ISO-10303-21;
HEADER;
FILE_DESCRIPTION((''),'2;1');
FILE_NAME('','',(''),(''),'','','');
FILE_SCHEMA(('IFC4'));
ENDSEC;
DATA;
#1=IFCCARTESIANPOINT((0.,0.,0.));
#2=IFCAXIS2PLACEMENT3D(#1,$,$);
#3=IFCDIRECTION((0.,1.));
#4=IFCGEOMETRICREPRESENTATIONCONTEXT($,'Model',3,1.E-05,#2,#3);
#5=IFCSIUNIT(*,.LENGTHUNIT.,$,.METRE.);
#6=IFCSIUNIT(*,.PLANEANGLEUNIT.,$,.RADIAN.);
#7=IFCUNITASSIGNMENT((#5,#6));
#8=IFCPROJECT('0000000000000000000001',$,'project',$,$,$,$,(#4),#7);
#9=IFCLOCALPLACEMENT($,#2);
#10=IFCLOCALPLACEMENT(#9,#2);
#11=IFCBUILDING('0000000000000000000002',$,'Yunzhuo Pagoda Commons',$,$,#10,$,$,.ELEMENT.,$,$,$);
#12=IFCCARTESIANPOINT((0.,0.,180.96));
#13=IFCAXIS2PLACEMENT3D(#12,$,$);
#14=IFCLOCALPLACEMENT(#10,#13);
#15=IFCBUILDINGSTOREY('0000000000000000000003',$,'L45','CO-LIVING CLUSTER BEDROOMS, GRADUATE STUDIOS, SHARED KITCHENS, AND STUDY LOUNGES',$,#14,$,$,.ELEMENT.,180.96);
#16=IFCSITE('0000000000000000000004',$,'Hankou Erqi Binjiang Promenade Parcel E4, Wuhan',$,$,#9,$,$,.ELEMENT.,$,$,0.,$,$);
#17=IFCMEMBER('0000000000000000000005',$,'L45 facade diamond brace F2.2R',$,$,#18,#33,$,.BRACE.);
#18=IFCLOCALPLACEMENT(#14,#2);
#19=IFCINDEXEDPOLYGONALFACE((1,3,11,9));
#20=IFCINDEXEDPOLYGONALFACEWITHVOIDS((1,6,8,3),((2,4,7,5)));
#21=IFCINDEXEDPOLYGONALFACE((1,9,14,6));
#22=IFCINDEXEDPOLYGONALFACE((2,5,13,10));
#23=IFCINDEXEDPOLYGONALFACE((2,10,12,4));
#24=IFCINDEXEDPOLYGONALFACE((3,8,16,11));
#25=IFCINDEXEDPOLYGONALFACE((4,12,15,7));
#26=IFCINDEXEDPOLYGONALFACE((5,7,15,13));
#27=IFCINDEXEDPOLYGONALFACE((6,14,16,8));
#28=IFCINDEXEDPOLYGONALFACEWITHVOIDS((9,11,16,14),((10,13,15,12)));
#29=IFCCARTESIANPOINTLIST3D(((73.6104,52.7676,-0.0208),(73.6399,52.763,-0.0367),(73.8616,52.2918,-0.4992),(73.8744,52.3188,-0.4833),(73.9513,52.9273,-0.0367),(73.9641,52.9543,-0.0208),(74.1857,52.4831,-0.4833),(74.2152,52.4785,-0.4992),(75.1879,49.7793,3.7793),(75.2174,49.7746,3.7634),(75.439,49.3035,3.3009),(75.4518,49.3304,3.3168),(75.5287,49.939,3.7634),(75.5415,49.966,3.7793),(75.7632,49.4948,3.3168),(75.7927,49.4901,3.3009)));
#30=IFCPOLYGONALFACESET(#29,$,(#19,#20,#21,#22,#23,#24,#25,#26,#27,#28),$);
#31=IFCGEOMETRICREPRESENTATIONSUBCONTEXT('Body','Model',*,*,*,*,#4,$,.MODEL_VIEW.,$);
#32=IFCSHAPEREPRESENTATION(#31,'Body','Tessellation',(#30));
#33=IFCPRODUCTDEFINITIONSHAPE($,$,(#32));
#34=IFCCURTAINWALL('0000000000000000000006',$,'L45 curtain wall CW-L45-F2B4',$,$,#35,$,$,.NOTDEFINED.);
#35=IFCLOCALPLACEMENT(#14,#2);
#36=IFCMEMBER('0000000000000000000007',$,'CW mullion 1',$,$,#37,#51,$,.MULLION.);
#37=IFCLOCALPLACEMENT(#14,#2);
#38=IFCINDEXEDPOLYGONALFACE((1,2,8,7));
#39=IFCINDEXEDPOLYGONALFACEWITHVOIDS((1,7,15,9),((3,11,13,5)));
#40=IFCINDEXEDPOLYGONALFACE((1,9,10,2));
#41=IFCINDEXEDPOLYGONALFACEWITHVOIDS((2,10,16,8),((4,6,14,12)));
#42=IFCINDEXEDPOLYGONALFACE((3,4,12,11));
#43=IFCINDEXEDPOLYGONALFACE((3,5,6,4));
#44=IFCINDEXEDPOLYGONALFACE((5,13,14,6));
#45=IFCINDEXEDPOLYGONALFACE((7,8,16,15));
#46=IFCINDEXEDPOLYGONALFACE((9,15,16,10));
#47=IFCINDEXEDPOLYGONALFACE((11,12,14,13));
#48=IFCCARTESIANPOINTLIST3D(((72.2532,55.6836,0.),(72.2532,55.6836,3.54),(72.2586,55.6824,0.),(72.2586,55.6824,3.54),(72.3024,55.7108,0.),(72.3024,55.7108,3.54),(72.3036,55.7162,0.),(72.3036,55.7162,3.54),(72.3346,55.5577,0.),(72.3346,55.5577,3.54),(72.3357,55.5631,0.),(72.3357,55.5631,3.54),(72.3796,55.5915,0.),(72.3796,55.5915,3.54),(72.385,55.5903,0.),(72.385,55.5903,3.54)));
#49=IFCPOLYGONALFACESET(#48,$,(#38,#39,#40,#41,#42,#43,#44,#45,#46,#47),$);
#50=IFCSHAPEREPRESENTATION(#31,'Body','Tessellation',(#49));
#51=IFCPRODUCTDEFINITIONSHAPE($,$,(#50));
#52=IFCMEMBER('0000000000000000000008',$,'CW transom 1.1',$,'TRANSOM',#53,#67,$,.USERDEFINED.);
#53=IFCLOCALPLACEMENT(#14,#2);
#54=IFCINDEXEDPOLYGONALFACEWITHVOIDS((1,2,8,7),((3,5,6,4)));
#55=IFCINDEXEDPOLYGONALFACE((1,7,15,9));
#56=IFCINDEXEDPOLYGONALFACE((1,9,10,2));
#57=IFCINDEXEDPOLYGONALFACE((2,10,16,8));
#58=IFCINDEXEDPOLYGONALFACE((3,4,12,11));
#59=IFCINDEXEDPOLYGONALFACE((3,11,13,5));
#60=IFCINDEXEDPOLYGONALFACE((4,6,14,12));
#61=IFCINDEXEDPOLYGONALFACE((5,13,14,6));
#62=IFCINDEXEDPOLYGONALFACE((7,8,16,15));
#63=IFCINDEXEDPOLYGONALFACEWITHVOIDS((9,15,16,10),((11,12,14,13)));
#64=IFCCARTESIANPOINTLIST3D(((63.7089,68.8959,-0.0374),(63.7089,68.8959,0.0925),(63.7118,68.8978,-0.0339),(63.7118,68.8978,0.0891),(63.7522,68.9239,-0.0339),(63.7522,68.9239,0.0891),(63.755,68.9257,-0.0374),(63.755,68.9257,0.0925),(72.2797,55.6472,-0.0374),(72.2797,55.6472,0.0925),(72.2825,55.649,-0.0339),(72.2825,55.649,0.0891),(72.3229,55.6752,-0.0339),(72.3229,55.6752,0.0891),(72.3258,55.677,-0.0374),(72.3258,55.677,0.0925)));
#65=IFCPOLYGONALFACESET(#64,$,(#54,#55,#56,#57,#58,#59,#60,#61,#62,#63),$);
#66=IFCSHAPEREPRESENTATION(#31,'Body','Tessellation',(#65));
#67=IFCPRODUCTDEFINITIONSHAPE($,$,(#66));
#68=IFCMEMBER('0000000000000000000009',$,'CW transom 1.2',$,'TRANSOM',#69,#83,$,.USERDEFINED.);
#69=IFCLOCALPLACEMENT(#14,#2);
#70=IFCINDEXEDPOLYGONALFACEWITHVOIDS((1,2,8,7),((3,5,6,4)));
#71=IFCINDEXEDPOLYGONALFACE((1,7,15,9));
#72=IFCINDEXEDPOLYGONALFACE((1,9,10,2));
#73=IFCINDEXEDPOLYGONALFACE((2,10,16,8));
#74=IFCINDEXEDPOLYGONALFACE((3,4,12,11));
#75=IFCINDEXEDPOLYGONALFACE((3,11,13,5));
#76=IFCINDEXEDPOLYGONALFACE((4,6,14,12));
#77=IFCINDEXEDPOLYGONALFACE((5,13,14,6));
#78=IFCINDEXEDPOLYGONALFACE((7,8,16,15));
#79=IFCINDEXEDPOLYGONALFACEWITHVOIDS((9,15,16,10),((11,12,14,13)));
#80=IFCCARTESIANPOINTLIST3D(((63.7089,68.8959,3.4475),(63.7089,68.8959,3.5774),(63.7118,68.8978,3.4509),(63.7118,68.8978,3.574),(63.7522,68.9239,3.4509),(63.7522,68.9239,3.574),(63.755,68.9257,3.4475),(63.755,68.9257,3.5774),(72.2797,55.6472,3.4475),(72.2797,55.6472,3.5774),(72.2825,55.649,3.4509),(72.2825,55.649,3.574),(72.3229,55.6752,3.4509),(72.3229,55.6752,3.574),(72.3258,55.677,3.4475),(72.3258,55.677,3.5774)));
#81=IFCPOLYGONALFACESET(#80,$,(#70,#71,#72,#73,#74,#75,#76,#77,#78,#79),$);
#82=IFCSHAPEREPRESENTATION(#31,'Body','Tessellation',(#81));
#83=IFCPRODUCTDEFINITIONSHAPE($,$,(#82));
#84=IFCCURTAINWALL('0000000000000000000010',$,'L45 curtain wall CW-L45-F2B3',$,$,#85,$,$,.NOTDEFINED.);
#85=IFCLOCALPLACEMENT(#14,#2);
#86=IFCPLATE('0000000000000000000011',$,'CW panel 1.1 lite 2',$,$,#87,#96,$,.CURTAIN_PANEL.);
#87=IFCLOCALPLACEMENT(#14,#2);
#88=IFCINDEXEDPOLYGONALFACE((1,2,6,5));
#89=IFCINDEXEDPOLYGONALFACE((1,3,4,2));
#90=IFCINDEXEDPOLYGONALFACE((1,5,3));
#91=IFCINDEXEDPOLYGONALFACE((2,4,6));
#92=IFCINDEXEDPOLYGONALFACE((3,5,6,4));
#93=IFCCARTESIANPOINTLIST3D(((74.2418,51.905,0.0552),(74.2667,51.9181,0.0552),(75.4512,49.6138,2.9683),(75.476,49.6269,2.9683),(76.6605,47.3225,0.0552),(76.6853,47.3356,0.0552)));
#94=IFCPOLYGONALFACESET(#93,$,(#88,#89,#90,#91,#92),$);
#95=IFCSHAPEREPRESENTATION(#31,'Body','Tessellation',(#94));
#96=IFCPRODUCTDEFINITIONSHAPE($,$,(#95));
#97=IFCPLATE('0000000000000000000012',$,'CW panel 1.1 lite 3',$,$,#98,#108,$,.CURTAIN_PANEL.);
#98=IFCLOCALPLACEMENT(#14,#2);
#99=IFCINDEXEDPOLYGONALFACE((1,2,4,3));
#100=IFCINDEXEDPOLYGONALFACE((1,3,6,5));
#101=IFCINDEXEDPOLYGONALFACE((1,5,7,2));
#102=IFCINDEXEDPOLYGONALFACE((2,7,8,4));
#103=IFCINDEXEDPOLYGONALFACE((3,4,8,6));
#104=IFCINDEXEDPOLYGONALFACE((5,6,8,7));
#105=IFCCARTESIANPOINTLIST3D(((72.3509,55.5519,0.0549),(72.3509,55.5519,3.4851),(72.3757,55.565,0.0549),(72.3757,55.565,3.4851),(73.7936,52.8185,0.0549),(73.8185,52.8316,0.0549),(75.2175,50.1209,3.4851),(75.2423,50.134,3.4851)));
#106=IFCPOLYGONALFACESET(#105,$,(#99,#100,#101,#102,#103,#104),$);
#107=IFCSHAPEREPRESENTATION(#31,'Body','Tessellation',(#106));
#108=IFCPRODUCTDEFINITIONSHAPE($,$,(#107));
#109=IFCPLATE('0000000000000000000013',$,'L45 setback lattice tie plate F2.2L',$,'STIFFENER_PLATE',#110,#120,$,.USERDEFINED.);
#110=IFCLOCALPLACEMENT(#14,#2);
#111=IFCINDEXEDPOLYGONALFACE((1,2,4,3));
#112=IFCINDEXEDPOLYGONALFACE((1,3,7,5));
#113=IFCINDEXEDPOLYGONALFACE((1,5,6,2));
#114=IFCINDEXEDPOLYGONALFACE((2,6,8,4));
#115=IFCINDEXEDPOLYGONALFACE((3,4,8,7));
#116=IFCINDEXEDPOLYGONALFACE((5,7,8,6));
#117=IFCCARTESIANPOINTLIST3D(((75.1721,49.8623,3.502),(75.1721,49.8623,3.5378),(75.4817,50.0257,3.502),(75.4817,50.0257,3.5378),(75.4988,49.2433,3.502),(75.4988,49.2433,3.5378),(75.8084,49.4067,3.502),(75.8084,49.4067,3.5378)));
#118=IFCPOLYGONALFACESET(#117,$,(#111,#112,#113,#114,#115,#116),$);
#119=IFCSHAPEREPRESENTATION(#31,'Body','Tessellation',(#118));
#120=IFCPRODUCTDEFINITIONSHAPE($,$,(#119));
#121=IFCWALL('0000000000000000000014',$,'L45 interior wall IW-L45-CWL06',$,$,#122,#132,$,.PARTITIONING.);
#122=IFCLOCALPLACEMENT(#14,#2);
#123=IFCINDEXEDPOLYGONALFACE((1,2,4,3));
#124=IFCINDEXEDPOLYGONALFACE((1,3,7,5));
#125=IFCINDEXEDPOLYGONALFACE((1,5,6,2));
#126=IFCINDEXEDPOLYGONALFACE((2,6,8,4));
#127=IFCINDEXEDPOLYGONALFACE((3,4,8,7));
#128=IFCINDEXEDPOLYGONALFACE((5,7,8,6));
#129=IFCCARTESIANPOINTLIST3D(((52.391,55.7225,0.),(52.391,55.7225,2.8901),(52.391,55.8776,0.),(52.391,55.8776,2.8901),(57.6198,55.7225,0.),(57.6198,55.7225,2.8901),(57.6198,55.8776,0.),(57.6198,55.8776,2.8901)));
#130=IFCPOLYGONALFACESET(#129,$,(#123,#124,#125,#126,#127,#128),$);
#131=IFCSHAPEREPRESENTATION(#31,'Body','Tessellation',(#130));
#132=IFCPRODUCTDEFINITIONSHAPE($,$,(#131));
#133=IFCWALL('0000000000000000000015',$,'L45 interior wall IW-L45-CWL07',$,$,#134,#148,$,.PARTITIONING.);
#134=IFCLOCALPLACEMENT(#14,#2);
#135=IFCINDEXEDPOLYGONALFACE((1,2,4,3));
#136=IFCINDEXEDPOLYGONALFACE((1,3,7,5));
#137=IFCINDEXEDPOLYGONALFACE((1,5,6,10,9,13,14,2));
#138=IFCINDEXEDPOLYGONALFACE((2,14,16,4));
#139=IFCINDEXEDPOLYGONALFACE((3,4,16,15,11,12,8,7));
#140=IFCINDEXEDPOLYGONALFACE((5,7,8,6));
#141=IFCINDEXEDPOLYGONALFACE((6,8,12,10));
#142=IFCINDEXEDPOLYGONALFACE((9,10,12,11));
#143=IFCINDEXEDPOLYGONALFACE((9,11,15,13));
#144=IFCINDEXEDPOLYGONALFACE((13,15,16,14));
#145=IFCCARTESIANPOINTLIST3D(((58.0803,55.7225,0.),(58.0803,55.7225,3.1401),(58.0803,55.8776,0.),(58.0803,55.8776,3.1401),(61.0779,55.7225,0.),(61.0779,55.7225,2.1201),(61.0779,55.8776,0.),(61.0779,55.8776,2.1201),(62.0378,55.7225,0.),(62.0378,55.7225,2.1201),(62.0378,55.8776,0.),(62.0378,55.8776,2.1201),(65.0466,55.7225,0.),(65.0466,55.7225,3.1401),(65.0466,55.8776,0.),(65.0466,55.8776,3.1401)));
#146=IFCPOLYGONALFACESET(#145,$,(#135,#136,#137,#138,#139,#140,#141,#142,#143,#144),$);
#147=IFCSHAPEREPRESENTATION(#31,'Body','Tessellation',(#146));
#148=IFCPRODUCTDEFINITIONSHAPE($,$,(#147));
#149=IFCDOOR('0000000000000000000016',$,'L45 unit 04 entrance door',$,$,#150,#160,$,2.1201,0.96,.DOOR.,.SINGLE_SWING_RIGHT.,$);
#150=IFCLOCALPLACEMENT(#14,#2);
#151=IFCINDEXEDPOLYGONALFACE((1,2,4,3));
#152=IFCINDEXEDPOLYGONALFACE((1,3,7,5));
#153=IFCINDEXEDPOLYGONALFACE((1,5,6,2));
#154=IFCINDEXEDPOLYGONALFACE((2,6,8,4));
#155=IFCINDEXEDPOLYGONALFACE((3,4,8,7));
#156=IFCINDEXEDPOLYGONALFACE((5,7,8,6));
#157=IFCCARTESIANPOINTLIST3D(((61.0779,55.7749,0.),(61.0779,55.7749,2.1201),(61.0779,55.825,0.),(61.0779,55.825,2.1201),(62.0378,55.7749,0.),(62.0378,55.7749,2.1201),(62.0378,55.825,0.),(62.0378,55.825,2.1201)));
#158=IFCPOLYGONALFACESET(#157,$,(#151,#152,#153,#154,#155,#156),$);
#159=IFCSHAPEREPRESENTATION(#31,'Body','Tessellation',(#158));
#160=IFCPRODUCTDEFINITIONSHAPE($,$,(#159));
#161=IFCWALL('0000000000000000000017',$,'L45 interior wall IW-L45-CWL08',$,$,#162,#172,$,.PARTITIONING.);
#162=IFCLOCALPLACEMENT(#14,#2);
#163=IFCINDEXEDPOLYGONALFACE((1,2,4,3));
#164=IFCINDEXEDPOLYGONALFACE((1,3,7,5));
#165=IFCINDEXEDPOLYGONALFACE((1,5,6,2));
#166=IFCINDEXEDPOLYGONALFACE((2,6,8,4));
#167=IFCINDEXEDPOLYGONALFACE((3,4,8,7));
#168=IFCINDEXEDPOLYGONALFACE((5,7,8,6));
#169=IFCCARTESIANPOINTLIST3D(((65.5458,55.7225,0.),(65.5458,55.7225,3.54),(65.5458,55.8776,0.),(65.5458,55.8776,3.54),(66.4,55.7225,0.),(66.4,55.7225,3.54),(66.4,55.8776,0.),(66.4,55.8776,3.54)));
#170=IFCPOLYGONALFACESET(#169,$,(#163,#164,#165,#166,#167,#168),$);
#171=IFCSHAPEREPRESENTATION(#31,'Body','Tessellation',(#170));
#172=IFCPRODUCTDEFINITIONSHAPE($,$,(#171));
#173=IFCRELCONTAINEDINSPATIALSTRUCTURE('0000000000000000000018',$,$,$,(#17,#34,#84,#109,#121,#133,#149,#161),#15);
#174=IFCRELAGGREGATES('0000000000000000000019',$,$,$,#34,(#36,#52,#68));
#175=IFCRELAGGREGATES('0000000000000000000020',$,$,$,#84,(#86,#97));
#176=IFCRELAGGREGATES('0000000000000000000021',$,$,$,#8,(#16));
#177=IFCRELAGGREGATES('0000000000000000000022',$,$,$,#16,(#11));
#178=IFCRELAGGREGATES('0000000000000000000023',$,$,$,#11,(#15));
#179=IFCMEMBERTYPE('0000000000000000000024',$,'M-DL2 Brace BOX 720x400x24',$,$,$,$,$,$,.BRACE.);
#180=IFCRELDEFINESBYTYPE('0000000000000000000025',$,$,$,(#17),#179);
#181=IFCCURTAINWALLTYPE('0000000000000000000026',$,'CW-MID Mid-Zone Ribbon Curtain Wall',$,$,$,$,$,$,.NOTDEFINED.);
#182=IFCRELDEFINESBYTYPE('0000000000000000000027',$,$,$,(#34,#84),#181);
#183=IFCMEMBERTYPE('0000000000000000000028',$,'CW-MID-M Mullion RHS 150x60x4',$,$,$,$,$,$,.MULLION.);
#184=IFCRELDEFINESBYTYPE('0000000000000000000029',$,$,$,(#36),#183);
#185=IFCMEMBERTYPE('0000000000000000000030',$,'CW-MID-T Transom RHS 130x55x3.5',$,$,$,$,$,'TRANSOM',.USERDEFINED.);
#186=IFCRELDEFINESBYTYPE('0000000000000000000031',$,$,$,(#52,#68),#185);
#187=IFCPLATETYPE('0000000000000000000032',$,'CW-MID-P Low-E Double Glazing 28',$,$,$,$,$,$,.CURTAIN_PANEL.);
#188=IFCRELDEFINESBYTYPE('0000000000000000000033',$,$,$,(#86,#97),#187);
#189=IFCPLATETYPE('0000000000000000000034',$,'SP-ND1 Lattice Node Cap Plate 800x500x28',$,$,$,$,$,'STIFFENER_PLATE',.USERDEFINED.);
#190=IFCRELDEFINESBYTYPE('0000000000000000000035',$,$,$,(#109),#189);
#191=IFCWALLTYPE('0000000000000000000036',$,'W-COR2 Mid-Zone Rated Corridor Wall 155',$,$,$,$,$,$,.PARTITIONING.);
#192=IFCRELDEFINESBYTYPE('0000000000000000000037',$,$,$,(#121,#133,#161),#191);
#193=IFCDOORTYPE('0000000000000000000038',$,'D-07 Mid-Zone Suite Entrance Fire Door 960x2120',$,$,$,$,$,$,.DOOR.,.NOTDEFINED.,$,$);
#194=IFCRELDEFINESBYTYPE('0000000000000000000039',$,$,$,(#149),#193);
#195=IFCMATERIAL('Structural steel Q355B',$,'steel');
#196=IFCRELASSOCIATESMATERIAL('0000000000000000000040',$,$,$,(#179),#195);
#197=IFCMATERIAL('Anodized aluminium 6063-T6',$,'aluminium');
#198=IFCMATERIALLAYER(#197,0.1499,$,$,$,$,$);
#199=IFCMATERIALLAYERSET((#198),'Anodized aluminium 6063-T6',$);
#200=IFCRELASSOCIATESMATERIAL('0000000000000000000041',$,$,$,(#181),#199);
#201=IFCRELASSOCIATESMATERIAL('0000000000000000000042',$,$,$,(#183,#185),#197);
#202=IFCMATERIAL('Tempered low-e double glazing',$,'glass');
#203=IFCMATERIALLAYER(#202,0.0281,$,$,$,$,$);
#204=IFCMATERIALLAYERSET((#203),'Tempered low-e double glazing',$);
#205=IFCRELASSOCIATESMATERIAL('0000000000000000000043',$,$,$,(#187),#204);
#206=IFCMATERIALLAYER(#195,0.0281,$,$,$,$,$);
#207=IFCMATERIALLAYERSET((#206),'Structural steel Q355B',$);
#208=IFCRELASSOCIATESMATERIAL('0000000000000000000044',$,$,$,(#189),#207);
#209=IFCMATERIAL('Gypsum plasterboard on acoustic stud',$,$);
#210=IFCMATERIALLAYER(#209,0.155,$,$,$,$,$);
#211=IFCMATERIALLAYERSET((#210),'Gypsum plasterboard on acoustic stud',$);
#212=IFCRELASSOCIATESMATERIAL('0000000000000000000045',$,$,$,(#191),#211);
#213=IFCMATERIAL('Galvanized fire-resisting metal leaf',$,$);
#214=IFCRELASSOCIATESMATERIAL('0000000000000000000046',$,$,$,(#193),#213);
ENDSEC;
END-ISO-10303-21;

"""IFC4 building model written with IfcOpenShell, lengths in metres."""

from ifc_helpers import new_model, si_unit, direction, frame, frame_2d, origin, origin_with_axes, origin_2d, place, context, subcontext, project, spatial, polyline, rectangle, hollow_rectangle, outline, extrude, source, transform, mapped, material, layer, layer_set, material_profile, profile_set, type_object, element, fill, aggregate, save


model = new_model("IFC4")

# Units and contexts
model_context = context("Model", 3, precision=1e-05, world=origin(), true_north=direction((0.0, 1.0)))
body_context = subcontext(model_context, "Body", "Model", "MODEL_VIEW")
ifc_project = project(units=[si_unit("LENGTHUNIT", "METRE"), si_unit("PLANEANGLEUNIT", "RADIAN")], contexts=[model_context])

# Site, building, storey
site_placement = place(None, origin())
site = spatial("IfcSite", under=ifc_project, at=site_placement, Name="Hankou Erqi Binjiang Promenade Parcel E4, Wuhan", CompositionType="ELEMENT", RefElevation=0.0)
building_placement = place(site_placement, origin())
building = spatial("IfcBuilding", under=site, at=building_placement, Name="Yunzhuo Pagoda Commons", CompositionType="ELEMENT")
storey_placement = place(building_placement, frame((0.0, 0.0, 180.96)))
storey = spatial("IfcBuildingStorey", under=building, at=storey_placement, Name="L45", Description="CO-LIVING CLUSTER BEDROOMS, GRADUATE STUDIOS, SHARED KITCHENS, AND STUDY LOUNGES", CompositionType="ELEMENT", Elevation=180.96)

# Shared definitions
ifc_material_1 = material(Name="Structural steel Q355B", Category="steel")

# Member
ifc_material_profile_1 = material_profile(ifc_material_1, hollow_rectangle(XDim=0.3999, YDim=0.72, WallThickness=0.0239, at=origin_2d()), Name="Structural steel Q355B")
ifc_profile_set_1 = profile_set([ifc_material_profile_1], Name="Structural steel Q355B")
member_type_1 = type_object("IfcMemberType", Name="M-DL2 Brace BOX 720x400x24", PredefinedType="BRACE", material=ifc_profile_set_1)
shared_shape_1 = source(origin(), body_context, "Body", "SweptSolid", [
    extrude(hollow_rectangle(XDim=0.3999, YDim=0.72, WallThickness=0.0239, at=origin_2d()), origin(), (0.0, 0.0, 1.0), 5.0852),
])
member_1_placement = place(storey_placement, frame((73.9128, 52.623, -0.26), z_axis=(0.310198, -0.587653, 0.747289), x_axis=(0.884355, 0.466815, 0.0)))
element("IfcMember", 1, at=member_1_placement, inside=storey, type_object=member_type_1, Name="L45 facade diamond brace F2.2R", PredefinedType="BRACE", context=body_context, shape_type="MappedRepresentation", body=[
    mapped(shared_shape_1, transform((0.0, 0.0, 0.0), scale=1.0)),
])

# Curtain wall, members
ifc_material_2 = material(Name="Anodized aluminium 6063-T6", Category="aluminium")
ifc_layer_1 = layer(ifc_material_2, 0.1499)
ifc_layer_set_1 = layer_set([ifc_layer_1], Name="Anodized aluminium 6063-T6")
curtain_wall_type = type_object("IfcCurtainWallType", Name="CW-MID Mid-Zone Ribbon Curtain Wall", PredefinedType="NOTDEFINED", material=ifc_layer_set_1)
curtain_wall_1_placement = place(storey_placement, origin())
curtain_wall_1 = element("IfcCurtainWall", 2, at=curtain_wall_1_placement, inside=storey, type_object=curtain_wall_type, Name="L45 curtain wall CW-L45-F2B4", PredefinedType="NOTDEFINED")
ifc_material_profile_2 = material_profile(ifc_material_2, hollow_rectangle(XDim=0.0601, YDim=0.1499, WallThickness=0.0039, at=origin_2d()), Name="Anodized aluminium 6063-T6")
ifc_profile_set_2 = profile_set([ifc_material_profile_2], Name="Anodized aluminium 6063-T6")
member_type_2 = type_object("IfcMemberType", Name="CW-MID-M Mullion RHS 150x60x4", PredefinedType="MULLION", material=ifc_profile_set_2)
shared_shape_2 = source(origin(), body_context, "Body", "SweptSolid", [
    extrude(hollow_rectangle(XDim=0.0601, YDim=0.1499, WallThickness=0.0039, at=origin_2d()), origin(), (0.0, 0.0, 1.0), 3.54),
])
member_2_placement = place(storey_placement, frame((72.3191, 55.637, 0.0), z_axis=(0.0, 0.0, 1.0), x_axis=(-0.839627, -0.543164, 0.0)))
member_2 = element("IfcMember", 3, at=member_2_placement, type_object=member_type_2, Name="CW mullion 1", PredefinedType="MULLION", context=body_context, shape_type="MappedRepresentation", body=[
    mapped(shared_shape_2, transform((0.0, 0.0, 0.0), scale=1.0)),
])
ifc_material_profile_3 = material_profile(ifc_material_2, hollow_rectangle(XDim=0.0549, YDim=0.1299, WallThickness=0.0034, at=origin_2d()), Name="Anodized aluminium 6063-T6")
ifc_profile_set_3 = profile_set([ifc_material_profile_3], Name="Anodized aluminium 6063-T6")
member_type_3 = type_object("IfcMemberType", Name="CW-MID-T Transom RHS 130x55x3.5", ElementType="TRANSOM", PredefinedType="USERDEFINED", material=ifc_profile_set_3)
shared_shape_3 = source(origin(), body_context, "Body", "SweptSolid", [
    extrude(hollow_rectangle(XDim=0.0549, YDim=0.1299, WallThickness=0.0034, at=origin_2d()), origin(), (0.0, 0.0, 1.0), 15.7793),
])
member_3_placement = place(storey_placement, frame((72.3027, 55.6621, 0.0276), z_axis=(-0.543165, 0.839626, 0.0), x_axis=(-0.839626, -0.543165, 0.0)))
member_3 = element("IfcMember", 4, at=member_3_placement, type_object=member_type_3, Name="CW transom 1.1", ObjectType="TRANSOM", PredefinedType="USERDEFINED", context=body_context, shape_type="MappedRepresentation", body=[
    mapped(shared_shape_3, transform((0.0, 0.0, 0.0), scale=1.0)),
])
member_4_placement = place(storey_placement, frame((72.3027, 55.6621, 3.5125), z_axis=(-0.543165, 0.839626, 0.0), x_axis=(-0.839626, -0.543165, 0.0)))
member_4 = element("IfcMember", 5, at=member_4_placement, type_object=member_type_3, Name="CW transom 1.2", ObjectType="TRANSOM", PredefinedType="USERDEFINED", context=body_context, shape_type="MappedRepresentation", body=[
    mapped(shared_shape_3, transform((0.0, 0.0, 0.0), scale=1.0)),
])
aggregate(curtain_wall_1, [member_2, member_3, member_4])

# Curtain wall, plates
curtain_wall_2_placement = place(storey_placement, origin())
curtain_wall_2 = element("IfcCurtainWall", 6, at=curtain_wall_2_placement, inside=storey, type_object=curtain_wall_type, Name="L45 curtain wall CW-L45-F2B3", PredefinedType="NOTDEFINED")
ifc_material_3 = material(Name="Tempered low-e double glazing", Category="glass")
ifc_layer_2 = layer(ifc_material_3, 0.0281)
ifc_layer_set_2 = layer_set([ifc_layer_2], Name="Tempered low-e double glazing")
plate_type_1 = type_object("IfcPlateType", Name="CW-MID-P Low-E Double Glazing 28", PredefinedType="CURTAIN_PANEL", material=ifc_layer_set_2)
plate_1_placement = place(storey_placement, frame((75.4512, 49.6138, 1.5117), z_axis=(0.884373, 0.466781, 0.0), x_axis=(-0.466781, 0.884373, 0.0)))
plate_1 = element("IfcPlate", 7, at=plate_1_placement, type_object=plate_type_1, Name="CW panel 1.1 lite 2", PredefinedType="CURTAIN_PANEL", context=body_context, shape_type="SweptSolid", body=[
    extrude(outline(polyline([(-2.5908, -1.4565), (2.5908, -1.4565), (0.0, 1.4565), (-2.5908, -1.4565)])), origin(), (0.0, 0.0, 1.0), 0.0281),
])
plate_2_placement = place(storey_placement, frame((73.7842, 52.8364, 1.77), z_axis=(0.884373, 0.466781, 0.0), x_axis=(-0.466781, 0.884373, 0.0)))
plate_2 = element("IfcPlate", 8, at=plate_2_placement, type_object=plate_type_1, Name="CW panel 1.1 lite 3", PredefinedType="CURTAIN_PANEL", context=body_context, shape_type="SweptSolid", body=[
    extrude(outline(polyline([(-3.0706, 1.7151), (-0.0203, -1.7151), (3.0706, -1.7151), (3.0706, 1.7151), (-3.0706, 1.7151)])), origin(), (0.0, 0.0, 1.0), 0.0281),
])
aggregate(curtain_wall_2, [plate_1, plate_2])

# Plate
ifc_layer_3 = layer(ifc_material_1, 0.0281)
ifc_layer_set_3 = layer_set([ifc_layer_3], Name="Structural steel Q355B")
plate_type_2 = type_object("IfcPlateType", Name="SP-ND1 Lattice Node Cap Plate 800x500x28", ElementType="STIFFENER_PLATE", PredefinedType="USERDEFINED", material=ifc_layer_set_3)
shared_shape_4 = source(origin(), body_context, "Body", "SweptSolid", [
    extrude(rectangle(XDim=0.7, YDim=0.3501, at=origin_2d()), origin(), (0.0, 0.0, 1.0), 0.0359),
])
plate_3_placement = place(storey_placement, frame((75.4902, 49.6345, 3.502), z_axis=(0.0, 0.0, 1.0), x_axis=(-0.466788, 0.884369, 0.0)))
element("IfcPlate", 9, at=plate_3_placement, inside=storey, type_object=plate_type_2, Name="L45 setback lattice tie plate F2.2L", ObjectType="STIFFENER_PLATE", PredefinedType="USERDEFINED", context=body_context, shape_type="MappedRepresentation", body=[
    mapped(shared_shape_4, transform((0.0, 0.0, 0.0), scale=1.0)),
])

# Wall
ifc_material_4 = material(Name="Gypsum plasterboard on acoustic stud")
ifc_layer_4 = layer(ifc_material_4, 0.155)
ifc_layer_set_4 = layer_set([ifc_layer_4], Name="Gypsum plasterboard on acoustic stud")
wall_type_1 = type_object("IfcWallType", Name="W-COR2 Mid-Zone Rated Corridor Wall 155", PredefinedType="PARTITIONING", material=ifc_layer_set_4)
wall_1_placement = place(storey_placement, frame((52.3911, 55.8, 0.0), z_axis=(0.0, 0.0, 1.0), x_axis=(1.0, 0.0, 0.0)))
element("IfcWall", 10, at=wall_1_placement, inside=storey, type_object=wall_type_1, Name="L45 interior wall IW-L45-CWL06", PredefinedType="PARTITIONING", context=body_context, shape_type="SweptSolid", body=[
    extrude(rectangle(XDim=5.2288, YDim=0.155, at=frame_2d((2.6143, 0.0))), origin(), (0.0, 0.0, 1.0), 2.8901),
])

# Wall, opening, door
wall_2_placement = place(storey_placement, frame((58.0803, 55.8, 0.0), z_axis=(0.0, 0.0, 1.0), x_axis=(1.0, 0.0, 0.0)))
wall_2 = element("IfcWall", 11, at=wall_2_placement, inside=storey, type_object=wall_type_1, Name="L45 interior wall IW-L45-CWL07", PredefinedType="PARTITIONING", context=body_context, shape_type="SweptSolid", body=[
    extrude(rectangle(XDim=6.9663, YDim=0.155, at=frame_2d((3.4832, 0.0))), origin(), (0.0, 0.0, 1.0), 3.1401),
])
opening_1_placement = place(wall_2_placement, frame((2.9976, 0.0, 0.0)))
opening_1 = element("IfcOpeningElement", 12, at=opening_1_placement, cuts=wall_2, PredefinedType="OPENING", context=body_context, shape_type="SweptSolid", body=[
    extrude(rectangle(XDim=0.96, YDim=2.1201, at=frame_2d((0.48, 1.0601))), frame((0.0, 0.0874, 0.0), z_axis=(0.0, -1.0, 0.0), x_axis=(1.0, 0.0, 0.0)), (0.0, 0.0, 1.0), 0.175),
])
ifc_material_5 = material(Name="Galvanized fire-resisting metal leaf")
door_type_1 = type_object("IfcDoorType", Name="D-07 Mid-Zone Suite Entrance Fire Door 960x2120", OperationType="NOTDEFINED", PredefinedType="DOOR", material=ifc_material_5)
shared_shape_5 = source(origin(), body_context, "Body", "SweptSolid", [
    extrude(rectangle(XDim=0.96, YDim=2.1201, at=frame_2d((0.48, 1.0601))), frame((0.0, 0.0249, 0.0), z_axis=(0.0, -1.0, 0.0), x_axis=(1.0, 0.0, 0.0)), (0.0, 0.0, 1.0), 0.05),
])
door_1_placement = place(opening_1_placement, origin_with_axes())
door_1 = element("IfcDoor", 13, at=door_1_placement, inside=storey, type_object=door_type_1, Name="L45 unit 04 entrance door", OperationType="SINGLE_SWING_RIGHT", OverallHeight=2.1201, OverallWidth=0.96, PredefinedType="DOOR", context=body_context, shape_type="MappedRepresentation", body=[
    mapped(shared_shape_5, transform((0.0, 0.0, 0.0), scale=1.0)),
])
fill(opening_1, door_1)

# Wall
wall_3_placement = place(storey_placement, frame((65.5457, 55.8, 0.0), z_axis=(0.0, 0.0, 1.0), x_axis=(1.0, 0.0, 0.0)))
element("IfcWall", 14, at=wall_3_placement, inside=storey, type_object=wall_type_1, Name="L45 interior wall IW-L45-CWL08", PredefinedType="PARTITIONING", context=body_context, shape_type="SweptSolid", body=[
    extrude(rectangle(XDim=0.8542, YDim=0.155, at=frame_2d((0.4272, 0.0))), origin(), (0.0, 0.0, 1.0), 3.54),
])

save(model, "model.ifc")
